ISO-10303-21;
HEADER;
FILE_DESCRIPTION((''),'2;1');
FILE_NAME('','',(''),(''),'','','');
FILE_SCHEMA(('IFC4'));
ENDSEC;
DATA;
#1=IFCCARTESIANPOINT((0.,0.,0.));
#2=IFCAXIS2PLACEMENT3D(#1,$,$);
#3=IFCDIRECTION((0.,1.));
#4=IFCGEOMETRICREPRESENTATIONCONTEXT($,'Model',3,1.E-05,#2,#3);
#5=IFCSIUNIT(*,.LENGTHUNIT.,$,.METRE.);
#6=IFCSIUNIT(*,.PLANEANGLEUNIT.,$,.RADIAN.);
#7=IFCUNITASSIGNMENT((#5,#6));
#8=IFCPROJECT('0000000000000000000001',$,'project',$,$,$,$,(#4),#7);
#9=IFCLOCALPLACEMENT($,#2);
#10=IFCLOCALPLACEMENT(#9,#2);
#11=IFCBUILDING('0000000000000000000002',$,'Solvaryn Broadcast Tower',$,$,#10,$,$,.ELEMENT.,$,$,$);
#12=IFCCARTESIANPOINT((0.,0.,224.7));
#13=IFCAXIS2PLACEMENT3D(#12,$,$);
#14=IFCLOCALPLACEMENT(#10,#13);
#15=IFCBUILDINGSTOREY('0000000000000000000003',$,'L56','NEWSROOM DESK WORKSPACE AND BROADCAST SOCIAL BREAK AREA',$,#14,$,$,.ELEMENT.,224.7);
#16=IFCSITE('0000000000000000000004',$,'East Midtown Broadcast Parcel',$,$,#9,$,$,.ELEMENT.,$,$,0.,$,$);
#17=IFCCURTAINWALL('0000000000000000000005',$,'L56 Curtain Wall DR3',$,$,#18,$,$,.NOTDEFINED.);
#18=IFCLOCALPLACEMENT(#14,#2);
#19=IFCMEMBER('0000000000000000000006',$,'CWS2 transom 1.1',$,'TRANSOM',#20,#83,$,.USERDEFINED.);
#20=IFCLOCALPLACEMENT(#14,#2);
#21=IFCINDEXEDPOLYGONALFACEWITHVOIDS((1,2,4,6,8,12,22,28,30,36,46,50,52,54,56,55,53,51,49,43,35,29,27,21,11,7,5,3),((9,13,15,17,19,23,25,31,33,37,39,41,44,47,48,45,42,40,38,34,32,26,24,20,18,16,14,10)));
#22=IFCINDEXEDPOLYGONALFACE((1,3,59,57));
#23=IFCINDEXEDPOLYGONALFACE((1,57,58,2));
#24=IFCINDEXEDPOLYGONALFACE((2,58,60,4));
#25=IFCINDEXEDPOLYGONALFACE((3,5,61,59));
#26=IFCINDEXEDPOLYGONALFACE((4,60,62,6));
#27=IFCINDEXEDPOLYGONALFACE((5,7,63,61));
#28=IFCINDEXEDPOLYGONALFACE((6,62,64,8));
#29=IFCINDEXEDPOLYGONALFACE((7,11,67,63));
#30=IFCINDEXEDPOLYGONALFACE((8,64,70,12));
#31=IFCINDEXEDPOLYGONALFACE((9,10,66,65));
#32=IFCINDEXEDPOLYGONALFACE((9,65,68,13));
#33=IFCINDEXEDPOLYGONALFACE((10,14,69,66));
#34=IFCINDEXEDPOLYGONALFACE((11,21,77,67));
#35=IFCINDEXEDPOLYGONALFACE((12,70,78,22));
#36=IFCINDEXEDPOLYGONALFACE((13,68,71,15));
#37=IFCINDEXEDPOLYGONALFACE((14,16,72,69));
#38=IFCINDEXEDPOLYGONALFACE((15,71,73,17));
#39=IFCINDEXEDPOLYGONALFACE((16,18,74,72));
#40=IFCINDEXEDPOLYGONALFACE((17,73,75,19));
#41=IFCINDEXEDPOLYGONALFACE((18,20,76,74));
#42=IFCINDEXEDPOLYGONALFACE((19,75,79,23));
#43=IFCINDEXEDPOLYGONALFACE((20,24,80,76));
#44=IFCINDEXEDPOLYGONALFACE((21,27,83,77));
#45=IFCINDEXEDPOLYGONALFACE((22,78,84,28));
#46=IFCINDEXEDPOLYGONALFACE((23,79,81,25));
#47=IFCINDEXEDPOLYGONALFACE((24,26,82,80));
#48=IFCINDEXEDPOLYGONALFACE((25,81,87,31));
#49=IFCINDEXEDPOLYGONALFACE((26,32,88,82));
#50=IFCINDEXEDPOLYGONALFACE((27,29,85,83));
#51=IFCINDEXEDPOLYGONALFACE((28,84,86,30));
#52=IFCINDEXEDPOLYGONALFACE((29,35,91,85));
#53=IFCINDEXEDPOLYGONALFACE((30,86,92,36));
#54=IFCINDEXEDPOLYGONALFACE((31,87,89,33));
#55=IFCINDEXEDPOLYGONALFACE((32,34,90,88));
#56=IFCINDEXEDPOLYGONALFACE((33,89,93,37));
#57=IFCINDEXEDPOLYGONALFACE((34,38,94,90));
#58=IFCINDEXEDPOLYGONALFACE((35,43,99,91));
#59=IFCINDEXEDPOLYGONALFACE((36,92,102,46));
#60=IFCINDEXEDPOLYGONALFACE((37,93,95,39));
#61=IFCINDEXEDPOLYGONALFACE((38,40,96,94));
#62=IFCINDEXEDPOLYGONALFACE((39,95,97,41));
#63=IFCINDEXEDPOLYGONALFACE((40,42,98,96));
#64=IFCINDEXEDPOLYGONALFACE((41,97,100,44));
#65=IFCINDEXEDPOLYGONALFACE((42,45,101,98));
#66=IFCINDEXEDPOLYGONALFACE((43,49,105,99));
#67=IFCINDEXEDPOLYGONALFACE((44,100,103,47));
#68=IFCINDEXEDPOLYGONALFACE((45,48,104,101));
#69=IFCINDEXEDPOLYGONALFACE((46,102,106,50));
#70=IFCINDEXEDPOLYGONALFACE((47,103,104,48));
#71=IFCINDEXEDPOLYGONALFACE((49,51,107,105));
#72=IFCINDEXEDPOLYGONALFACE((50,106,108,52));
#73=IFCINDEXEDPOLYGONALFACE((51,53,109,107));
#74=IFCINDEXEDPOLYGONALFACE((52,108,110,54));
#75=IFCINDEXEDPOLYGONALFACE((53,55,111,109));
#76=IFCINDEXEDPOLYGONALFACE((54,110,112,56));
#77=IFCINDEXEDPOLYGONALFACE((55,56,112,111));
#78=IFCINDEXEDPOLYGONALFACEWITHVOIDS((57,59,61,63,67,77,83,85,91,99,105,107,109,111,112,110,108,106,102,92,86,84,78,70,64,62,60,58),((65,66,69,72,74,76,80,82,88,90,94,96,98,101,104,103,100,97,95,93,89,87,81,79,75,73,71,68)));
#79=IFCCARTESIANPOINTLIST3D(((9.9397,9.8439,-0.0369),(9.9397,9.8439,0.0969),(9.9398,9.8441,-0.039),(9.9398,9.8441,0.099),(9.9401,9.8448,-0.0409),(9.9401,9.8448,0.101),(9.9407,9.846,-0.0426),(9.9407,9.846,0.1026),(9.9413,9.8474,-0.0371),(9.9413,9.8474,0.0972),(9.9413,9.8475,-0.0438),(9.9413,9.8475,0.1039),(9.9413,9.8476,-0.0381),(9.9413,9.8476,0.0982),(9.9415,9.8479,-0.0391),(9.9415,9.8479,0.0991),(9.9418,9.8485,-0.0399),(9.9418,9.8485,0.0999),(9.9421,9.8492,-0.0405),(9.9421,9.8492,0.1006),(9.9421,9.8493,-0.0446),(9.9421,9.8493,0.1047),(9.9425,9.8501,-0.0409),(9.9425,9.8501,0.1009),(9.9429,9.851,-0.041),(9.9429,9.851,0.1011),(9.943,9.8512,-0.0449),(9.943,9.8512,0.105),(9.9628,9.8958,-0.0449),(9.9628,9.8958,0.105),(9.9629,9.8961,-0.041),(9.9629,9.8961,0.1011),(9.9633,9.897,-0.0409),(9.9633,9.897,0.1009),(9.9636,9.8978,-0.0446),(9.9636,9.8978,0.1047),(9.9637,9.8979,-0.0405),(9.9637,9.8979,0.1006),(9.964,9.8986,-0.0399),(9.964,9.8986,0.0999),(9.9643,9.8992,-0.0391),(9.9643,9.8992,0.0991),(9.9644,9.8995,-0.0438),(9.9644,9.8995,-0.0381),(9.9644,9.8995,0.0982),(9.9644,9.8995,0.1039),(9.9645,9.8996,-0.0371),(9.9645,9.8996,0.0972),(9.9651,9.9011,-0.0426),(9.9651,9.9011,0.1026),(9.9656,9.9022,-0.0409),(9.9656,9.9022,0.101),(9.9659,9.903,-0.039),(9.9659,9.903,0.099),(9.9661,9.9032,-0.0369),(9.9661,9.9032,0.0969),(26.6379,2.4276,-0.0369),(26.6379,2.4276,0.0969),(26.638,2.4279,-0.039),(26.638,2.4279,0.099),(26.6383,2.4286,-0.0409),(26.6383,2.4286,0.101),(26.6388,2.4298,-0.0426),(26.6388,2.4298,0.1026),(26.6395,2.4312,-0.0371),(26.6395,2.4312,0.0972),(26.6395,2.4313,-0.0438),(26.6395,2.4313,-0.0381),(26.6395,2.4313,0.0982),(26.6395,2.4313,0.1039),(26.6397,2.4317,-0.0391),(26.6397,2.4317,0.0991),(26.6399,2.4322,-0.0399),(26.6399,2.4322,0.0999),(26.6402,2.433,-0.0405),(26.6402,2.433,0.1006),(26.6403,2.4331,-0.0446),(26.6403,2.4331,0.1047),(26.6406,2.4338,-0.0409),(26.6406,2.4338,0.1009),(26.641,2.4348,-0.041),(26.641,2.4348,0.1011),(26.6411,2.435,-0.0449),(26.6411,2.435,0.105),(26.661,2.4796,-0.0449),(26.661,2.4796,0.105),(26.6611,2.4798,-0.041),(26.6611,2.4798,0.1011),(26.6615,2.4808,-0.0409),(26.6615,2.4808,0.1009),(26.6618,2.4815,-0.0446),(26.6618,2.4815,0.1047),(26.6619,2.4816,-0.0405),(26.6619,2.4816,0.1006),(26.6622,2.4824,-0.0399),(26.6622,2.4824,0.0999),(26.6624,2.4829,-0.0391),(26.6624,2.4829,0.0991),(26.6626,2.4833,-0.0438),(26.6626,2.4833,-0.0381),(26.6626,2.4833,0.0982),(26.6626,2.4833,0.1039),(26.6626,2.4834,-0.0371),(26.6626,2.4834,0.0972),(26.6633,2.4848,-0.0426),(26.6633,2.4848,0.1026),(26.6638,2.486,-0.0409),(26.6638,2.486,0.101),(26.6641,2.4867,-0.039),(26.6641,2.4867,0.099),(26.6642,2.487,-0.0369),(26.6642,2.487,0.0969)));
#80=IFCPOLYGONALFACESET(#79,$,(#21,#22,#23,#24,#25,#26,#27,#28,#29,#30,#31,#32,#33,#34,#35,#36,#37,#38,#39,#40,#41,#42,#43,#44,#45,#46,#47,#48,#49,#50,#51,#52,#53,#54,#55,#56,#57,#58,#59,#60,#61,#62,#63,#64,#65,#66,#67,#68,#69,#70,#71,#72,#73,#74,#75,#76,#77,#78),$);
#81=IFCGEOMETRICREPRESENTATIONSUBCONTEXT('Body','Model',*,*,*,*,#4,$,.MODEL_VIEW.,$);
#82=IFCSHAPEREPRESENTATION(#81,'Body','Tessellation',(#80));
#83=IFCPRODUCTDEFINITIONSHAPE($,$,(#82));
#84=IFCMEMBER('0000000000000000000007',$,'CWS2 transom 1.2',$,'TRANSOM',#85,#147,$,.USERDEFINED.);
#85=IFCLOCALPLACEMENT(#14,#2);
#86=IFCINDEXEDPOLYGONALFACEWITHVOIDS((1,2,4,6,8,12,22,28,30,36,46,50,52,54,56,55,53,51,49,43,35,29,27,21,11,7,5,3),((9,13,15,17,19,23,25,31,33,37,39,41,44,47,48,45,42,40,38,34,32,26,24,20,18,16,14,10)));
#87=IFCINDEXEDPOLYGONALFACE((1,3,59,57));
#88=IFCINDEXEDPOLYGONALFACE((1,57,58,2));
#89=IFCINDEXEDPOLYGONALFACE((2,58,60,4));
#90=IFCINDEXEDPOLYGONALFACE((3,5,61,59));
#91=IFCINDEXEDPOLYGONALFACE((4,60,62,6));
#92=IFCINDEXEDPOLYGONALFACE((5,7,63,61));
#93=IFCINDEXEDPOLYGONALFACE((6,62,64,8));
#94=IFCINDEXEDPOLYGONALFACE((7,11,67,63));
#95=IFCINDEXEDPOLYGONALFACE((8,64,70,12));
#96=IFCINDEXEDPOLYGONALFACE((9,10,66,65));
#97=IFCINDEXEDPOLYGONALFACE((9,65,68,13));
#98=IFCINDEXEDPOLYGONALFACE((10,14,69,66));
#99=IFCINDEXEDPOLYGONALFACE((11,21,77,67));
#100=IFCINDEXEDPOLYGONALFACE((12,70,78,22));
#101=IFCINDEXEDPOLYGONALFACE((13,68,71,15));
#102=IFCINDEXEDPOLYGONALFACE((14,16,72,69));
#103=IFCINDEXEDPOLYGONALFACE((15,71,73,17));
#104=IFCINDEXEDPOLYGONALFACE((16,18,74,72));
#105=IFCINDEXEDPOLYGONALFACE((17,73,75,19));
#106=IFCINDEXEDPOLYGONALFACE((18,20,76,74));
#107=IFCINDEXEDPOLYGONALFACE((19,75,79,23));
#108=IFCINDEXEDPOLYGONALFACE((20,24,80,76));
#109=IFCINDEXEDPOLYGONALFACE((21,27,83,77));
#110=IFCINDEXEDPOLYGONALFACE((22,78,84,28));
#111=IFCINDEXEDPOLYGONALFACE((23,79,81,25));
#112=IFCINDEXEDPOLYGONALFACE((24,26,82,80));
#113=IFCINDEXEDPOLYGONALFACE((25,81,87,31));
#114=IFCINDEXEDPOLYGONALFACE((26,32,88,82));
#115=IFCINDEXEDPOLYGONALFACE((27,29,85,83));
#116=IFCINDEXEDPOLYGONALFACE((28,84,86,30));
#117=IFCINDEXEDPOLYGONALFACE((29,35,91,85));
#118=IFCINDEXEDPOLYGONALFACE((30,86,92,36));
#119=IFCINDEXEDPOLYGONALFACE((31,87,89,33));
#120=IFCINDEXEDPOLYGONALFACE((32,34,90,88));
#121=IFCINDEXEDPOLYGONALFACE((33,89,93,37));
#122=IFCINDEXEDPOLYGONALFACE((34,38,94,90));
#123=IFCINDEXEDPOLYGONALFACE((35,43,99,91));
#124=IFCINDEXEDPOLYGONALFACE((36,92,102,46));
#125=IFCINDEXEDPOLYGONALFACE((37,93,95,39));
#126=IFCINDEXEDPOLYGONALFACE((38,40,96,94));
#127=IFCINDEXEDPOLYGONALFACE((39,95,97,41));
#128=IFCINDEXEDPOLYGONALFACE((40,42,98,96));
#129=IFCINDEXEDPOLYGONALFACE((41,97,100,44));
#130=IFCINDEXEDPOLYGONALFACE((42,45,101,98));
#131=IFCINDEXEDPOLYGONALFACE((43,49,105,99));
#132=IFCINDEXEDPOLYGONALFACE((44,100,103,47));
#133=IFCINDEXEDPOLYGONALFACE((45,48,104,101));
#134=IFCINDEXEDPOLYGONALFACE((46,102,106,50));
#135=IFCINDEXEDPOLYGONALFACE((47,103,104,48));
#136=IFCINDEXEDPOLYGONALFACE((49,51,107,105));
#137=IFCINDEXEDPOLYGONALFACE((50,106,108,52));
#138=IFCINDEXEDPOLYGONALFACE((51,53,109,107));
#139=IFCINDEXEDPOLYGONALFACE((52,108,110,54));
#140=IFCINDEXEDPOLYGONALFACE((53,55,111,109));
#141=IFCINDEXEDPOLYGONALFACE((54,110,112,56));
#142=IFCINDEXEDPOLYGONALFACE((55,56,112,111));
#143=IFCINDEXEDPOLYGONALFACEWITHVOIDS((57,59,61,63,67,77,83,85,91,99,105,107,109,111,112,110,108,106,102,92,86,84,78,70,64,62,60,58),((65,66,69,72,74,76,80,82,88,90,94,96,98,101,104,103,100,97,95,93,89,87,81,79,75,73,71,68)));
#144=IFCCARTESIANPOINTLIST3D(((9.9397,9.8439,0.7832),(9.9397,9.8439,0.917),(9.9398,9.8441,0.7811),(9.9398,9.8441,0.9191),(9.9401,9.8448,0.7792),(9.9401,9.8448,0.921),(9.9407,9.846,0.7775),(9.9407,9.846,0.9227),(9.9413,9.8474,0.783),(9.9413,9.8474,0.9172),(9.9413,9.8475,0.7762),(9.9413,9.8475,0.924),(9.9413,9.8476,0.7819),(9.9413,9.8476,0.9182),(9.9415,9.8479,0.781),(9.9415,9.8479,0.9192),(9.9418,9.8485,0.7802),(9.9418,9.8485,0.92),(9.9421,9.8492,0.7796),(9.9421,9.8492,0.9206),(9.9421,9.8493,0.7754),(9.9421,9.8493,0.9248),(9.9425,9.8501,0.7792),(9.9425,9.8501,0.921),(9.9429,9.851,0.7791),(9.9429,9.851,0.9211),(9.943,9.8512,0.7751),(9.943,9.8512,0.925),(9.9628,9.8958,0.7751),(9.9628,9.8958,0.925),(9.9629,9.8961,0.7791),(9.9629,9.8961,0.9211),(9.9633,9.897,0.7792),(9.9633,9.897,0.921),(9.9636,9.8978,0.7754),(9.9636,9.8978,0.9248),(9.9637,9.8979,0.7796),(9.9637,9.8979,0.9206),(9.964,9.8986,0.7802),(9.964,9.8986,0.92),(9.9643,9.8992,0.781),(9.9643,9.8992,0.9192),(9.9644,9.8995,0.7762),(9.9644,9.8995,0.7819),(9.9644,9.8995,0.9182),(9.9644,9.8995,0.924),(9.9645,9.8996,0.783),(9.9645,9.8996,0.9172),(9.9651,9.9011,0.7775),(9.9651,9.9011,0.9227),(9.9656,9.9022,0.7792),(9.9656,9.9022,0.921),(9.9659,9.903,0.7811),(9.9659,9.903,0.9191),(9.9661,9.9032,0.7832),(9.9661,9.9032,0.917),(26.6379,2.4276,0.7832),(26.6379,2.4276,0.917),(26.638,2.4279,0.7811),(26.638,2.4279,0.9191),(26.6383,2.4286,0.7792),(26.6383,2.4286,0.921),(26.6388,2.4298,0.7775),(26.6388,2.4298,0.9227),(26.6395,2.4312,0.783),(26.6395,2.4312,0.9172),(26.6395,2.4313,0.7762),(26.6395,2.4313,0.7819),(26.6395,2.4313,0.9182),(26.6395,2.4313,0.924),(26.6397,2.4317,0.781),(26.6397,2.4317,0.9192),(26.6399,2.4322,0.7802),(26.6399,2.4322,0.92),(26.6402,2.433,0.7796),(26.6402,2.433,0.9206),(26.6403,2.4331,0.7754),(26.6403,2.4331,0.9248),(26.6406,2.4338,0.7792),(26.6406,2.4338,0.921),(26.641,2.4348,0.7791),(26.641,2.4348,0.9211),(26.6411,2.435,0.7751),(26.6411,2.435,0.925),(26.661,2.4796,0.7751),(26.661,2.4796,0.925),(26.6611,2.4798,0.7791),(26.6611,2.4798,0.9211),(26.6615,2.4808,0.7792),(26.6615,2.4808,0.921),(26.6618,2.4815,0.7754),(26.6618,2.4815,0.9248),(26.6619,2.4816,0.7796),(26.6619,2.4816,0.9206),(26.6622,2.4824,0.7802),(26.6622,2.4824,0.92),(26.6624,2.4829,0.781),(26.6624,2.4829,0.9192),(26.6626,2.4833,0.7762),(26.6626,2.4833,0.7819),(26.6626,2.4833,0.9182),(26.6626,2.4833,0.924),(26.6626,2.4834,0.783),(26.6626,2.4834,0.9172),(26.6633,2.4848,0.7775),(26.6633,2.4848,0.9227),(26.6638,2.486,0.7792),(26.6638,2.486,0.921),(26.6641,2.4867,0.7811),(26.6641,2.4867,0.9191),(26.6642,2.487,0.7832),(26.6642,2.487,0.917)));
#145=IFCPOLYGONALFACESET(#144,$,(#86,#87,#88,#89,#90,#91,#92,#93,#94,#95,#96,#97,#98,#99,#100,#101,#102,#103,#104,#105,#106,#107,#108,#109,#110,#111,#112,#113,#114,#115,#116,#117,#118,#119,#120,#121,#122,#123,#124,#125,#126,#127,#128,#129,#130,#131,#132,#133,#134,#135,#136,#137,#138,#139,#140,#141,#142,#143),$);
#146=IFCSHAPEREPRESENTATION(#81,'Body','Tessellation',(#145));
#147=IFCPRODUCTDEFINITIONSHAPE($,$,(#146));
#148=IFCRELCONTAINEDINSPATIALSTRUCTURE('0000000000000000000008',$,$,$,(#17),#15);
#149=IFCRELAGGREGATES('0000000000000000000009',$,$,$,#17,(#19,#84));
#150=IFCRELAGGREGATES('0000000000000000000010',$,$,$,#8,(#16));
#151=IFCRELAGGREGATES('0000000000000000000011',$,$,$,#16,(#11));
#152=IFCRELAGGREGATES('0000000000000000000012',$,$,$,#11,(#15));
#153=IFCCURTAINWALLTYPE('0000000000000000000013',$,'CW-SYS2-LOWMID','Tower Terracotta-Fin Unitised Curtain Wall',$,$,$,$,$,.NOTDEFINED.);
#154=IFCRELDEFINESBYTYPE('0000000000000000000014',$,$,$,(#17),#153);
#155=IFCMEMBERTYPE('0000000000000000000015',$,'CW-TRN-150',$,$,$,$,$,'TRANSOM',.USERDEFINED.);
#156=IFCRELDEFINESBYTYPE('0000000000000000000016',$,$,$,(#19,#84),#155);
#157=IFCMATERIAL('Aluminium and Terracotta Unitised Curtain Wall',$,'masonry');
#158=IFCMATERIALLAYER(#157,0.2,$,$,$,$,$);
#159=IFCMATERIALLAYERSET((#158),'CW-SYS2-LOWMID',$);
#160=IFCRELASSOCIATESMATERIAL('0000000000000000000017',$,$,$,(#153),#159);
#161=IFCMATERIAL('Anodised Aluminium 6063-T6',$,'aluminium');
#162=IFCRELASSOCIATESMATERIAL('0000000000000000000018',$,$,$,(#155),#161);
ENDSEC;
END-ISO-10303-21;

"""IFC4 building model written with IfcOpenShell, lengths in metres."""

from ifc_helpers import new_model, si_unit, direction, frame, origin, origin_2d, place, context, subcontext, project, spatial, hollow_rectangle, extrude, material, layer, layer_set, material_profile, profile_set, type_object, element, aggregate, save


model = new_model("IFC4")

# Units and contexts
model_context = context("Model", 3, precision=1e-05, world=origin(), true_north=direction((0.0, 1.0)))
body_context = subcontext(model_context, "Body", "Model", "MODEL_VIEW")
ifc_project = project(units=[si_unit("LENGTHUNIT", "METRE"), si_unit("PLANEANGLEUNIT", "RADIAN")], contexts=[model_context])

# Site, building, storey
site_placement = place(None, origin())
site = spatial("IfcSite", under=ifc_project, at=site_placement, Name="East Midtown Broadcast Parcel", CompositionType="ELEMENT", RefElevation=0.0)
building_placement = place(site_placement, origin())
building = spatial("IfcBuilding", under=site, at=building_placement, Name="Solvaryn Broadcast Tower", CompositionType="ELEMENT")
storey_placement = place(building_placement, frame((0.0, 0.0, 224.7)))
storey = spatial("IfcBuildingStorey", under=building, at=storey_placement, Name="L56", Description="NEWSROOM DESK WORKSPACE AND BROADCAST SOCIAL BREAK AREA", CompositionType="ELEMENT", Elevation=224.7)

# Curtain wall, members
ifc_material_1 = material(Name="Aluminium and Terracotta Unitised Curtain Wall", Category="masonry")
ifc_layer_1 = layer(ifc_material_1, 0.2)
ifc_layer_set_1 = layer_set([ifc_layer_1], Name="CW-SYS2-LOWMID")
curtain_wall_type = type_object("IfcCurtainWallType", Name="CW-SYS2-LOWMID", Description="Tower Terracotta-Fin Unitised Curtain Wall", PredefinedType="NOTDEFINED", material=ifc_layer_set_1)
curtain_wall_placement = place(storey_placement, origin())
curtain_wall = element("IfcCurtainWall", 1, at=curtain_wall_placement, inside=storey, type_object=curtain_wall_type, Name="L56 Curtain Wall DR3", PredefinedType="NOTDEFINED")
ifc_material_2 = material(Name="Anodised Aluminium 6063-T6", Category="aluminium")
ifc_material_profile_1 = material_profile(ifc_material_2, hollow_rectangle(XDim=0.0649, YDim=0.1499, WallThickness=0.0039, InnerFilletRadius=0.0039, OuterFilletRadius=0.0081, at=origin_2d()))
ifc_profile_set_1 = profile_set([ifc_material_profile_1], Name="Anodised Aluminium 6063-T6")
member_type = type_object("IfcMemberType", Name="CW-TRN-150", ElementType="TRANSOM", PredefinedType="USERDEFINED", material=ifc_profile_set_1)
member_1_placement = place(storey_placement, frame((9.9529, 9.8735, 0.03), z_axis=(0.913917, -0.405902, 0.0), x_axis=(0.405902, 0.913917, 0.0)))
member_1 = element("IfcMember", 2, at=member_1_placement, type_object=member_type, Name="CWS2 transom 1.1", ObjectType="TRANSOM", PredefinedType="USERDEFINED", context=body_context, shape_type="SweptSolid", body=[
    extrude(hollow_rectangle(XDim=0.0649, YDim=0.1499, WallThickness=0.0039, InnerFilletRadius=0.0039, OuterFilletRadius=0.0081, at=origin_2d()), origin(), (0.0, 0.0, 1.0), 18.271),
])
member_2_placement = place(storey_placement, frame((9.9529, 9.8735, 0.8501), z_axis=(0.913917, -0.405902, 0.0), x_axis=(0.405902, 0.913917, 0.0)))
member_2 = element("IfcMember", 3, at=member_2_placement, type_object=member_type, Name="CWS2 transom 1.2", ObjectType="TRANSOM", PredefinedType="USERDEFINED", context=body_context, shape_type="SweptSolid", body=[
    extrude(hollow_rectangle(XDim=0.0649, YDim=0.1499, WallThickness=0.0039, InnerFilletRadius=0.0039, OuterFilletRadius=0.0081, at=origin_2d()), origin(), (0.0, 0.0, 1.0), 18.271),
])
aggregate(curtain_wall, [member_1, member_2])

save(model, "model.ifc")
